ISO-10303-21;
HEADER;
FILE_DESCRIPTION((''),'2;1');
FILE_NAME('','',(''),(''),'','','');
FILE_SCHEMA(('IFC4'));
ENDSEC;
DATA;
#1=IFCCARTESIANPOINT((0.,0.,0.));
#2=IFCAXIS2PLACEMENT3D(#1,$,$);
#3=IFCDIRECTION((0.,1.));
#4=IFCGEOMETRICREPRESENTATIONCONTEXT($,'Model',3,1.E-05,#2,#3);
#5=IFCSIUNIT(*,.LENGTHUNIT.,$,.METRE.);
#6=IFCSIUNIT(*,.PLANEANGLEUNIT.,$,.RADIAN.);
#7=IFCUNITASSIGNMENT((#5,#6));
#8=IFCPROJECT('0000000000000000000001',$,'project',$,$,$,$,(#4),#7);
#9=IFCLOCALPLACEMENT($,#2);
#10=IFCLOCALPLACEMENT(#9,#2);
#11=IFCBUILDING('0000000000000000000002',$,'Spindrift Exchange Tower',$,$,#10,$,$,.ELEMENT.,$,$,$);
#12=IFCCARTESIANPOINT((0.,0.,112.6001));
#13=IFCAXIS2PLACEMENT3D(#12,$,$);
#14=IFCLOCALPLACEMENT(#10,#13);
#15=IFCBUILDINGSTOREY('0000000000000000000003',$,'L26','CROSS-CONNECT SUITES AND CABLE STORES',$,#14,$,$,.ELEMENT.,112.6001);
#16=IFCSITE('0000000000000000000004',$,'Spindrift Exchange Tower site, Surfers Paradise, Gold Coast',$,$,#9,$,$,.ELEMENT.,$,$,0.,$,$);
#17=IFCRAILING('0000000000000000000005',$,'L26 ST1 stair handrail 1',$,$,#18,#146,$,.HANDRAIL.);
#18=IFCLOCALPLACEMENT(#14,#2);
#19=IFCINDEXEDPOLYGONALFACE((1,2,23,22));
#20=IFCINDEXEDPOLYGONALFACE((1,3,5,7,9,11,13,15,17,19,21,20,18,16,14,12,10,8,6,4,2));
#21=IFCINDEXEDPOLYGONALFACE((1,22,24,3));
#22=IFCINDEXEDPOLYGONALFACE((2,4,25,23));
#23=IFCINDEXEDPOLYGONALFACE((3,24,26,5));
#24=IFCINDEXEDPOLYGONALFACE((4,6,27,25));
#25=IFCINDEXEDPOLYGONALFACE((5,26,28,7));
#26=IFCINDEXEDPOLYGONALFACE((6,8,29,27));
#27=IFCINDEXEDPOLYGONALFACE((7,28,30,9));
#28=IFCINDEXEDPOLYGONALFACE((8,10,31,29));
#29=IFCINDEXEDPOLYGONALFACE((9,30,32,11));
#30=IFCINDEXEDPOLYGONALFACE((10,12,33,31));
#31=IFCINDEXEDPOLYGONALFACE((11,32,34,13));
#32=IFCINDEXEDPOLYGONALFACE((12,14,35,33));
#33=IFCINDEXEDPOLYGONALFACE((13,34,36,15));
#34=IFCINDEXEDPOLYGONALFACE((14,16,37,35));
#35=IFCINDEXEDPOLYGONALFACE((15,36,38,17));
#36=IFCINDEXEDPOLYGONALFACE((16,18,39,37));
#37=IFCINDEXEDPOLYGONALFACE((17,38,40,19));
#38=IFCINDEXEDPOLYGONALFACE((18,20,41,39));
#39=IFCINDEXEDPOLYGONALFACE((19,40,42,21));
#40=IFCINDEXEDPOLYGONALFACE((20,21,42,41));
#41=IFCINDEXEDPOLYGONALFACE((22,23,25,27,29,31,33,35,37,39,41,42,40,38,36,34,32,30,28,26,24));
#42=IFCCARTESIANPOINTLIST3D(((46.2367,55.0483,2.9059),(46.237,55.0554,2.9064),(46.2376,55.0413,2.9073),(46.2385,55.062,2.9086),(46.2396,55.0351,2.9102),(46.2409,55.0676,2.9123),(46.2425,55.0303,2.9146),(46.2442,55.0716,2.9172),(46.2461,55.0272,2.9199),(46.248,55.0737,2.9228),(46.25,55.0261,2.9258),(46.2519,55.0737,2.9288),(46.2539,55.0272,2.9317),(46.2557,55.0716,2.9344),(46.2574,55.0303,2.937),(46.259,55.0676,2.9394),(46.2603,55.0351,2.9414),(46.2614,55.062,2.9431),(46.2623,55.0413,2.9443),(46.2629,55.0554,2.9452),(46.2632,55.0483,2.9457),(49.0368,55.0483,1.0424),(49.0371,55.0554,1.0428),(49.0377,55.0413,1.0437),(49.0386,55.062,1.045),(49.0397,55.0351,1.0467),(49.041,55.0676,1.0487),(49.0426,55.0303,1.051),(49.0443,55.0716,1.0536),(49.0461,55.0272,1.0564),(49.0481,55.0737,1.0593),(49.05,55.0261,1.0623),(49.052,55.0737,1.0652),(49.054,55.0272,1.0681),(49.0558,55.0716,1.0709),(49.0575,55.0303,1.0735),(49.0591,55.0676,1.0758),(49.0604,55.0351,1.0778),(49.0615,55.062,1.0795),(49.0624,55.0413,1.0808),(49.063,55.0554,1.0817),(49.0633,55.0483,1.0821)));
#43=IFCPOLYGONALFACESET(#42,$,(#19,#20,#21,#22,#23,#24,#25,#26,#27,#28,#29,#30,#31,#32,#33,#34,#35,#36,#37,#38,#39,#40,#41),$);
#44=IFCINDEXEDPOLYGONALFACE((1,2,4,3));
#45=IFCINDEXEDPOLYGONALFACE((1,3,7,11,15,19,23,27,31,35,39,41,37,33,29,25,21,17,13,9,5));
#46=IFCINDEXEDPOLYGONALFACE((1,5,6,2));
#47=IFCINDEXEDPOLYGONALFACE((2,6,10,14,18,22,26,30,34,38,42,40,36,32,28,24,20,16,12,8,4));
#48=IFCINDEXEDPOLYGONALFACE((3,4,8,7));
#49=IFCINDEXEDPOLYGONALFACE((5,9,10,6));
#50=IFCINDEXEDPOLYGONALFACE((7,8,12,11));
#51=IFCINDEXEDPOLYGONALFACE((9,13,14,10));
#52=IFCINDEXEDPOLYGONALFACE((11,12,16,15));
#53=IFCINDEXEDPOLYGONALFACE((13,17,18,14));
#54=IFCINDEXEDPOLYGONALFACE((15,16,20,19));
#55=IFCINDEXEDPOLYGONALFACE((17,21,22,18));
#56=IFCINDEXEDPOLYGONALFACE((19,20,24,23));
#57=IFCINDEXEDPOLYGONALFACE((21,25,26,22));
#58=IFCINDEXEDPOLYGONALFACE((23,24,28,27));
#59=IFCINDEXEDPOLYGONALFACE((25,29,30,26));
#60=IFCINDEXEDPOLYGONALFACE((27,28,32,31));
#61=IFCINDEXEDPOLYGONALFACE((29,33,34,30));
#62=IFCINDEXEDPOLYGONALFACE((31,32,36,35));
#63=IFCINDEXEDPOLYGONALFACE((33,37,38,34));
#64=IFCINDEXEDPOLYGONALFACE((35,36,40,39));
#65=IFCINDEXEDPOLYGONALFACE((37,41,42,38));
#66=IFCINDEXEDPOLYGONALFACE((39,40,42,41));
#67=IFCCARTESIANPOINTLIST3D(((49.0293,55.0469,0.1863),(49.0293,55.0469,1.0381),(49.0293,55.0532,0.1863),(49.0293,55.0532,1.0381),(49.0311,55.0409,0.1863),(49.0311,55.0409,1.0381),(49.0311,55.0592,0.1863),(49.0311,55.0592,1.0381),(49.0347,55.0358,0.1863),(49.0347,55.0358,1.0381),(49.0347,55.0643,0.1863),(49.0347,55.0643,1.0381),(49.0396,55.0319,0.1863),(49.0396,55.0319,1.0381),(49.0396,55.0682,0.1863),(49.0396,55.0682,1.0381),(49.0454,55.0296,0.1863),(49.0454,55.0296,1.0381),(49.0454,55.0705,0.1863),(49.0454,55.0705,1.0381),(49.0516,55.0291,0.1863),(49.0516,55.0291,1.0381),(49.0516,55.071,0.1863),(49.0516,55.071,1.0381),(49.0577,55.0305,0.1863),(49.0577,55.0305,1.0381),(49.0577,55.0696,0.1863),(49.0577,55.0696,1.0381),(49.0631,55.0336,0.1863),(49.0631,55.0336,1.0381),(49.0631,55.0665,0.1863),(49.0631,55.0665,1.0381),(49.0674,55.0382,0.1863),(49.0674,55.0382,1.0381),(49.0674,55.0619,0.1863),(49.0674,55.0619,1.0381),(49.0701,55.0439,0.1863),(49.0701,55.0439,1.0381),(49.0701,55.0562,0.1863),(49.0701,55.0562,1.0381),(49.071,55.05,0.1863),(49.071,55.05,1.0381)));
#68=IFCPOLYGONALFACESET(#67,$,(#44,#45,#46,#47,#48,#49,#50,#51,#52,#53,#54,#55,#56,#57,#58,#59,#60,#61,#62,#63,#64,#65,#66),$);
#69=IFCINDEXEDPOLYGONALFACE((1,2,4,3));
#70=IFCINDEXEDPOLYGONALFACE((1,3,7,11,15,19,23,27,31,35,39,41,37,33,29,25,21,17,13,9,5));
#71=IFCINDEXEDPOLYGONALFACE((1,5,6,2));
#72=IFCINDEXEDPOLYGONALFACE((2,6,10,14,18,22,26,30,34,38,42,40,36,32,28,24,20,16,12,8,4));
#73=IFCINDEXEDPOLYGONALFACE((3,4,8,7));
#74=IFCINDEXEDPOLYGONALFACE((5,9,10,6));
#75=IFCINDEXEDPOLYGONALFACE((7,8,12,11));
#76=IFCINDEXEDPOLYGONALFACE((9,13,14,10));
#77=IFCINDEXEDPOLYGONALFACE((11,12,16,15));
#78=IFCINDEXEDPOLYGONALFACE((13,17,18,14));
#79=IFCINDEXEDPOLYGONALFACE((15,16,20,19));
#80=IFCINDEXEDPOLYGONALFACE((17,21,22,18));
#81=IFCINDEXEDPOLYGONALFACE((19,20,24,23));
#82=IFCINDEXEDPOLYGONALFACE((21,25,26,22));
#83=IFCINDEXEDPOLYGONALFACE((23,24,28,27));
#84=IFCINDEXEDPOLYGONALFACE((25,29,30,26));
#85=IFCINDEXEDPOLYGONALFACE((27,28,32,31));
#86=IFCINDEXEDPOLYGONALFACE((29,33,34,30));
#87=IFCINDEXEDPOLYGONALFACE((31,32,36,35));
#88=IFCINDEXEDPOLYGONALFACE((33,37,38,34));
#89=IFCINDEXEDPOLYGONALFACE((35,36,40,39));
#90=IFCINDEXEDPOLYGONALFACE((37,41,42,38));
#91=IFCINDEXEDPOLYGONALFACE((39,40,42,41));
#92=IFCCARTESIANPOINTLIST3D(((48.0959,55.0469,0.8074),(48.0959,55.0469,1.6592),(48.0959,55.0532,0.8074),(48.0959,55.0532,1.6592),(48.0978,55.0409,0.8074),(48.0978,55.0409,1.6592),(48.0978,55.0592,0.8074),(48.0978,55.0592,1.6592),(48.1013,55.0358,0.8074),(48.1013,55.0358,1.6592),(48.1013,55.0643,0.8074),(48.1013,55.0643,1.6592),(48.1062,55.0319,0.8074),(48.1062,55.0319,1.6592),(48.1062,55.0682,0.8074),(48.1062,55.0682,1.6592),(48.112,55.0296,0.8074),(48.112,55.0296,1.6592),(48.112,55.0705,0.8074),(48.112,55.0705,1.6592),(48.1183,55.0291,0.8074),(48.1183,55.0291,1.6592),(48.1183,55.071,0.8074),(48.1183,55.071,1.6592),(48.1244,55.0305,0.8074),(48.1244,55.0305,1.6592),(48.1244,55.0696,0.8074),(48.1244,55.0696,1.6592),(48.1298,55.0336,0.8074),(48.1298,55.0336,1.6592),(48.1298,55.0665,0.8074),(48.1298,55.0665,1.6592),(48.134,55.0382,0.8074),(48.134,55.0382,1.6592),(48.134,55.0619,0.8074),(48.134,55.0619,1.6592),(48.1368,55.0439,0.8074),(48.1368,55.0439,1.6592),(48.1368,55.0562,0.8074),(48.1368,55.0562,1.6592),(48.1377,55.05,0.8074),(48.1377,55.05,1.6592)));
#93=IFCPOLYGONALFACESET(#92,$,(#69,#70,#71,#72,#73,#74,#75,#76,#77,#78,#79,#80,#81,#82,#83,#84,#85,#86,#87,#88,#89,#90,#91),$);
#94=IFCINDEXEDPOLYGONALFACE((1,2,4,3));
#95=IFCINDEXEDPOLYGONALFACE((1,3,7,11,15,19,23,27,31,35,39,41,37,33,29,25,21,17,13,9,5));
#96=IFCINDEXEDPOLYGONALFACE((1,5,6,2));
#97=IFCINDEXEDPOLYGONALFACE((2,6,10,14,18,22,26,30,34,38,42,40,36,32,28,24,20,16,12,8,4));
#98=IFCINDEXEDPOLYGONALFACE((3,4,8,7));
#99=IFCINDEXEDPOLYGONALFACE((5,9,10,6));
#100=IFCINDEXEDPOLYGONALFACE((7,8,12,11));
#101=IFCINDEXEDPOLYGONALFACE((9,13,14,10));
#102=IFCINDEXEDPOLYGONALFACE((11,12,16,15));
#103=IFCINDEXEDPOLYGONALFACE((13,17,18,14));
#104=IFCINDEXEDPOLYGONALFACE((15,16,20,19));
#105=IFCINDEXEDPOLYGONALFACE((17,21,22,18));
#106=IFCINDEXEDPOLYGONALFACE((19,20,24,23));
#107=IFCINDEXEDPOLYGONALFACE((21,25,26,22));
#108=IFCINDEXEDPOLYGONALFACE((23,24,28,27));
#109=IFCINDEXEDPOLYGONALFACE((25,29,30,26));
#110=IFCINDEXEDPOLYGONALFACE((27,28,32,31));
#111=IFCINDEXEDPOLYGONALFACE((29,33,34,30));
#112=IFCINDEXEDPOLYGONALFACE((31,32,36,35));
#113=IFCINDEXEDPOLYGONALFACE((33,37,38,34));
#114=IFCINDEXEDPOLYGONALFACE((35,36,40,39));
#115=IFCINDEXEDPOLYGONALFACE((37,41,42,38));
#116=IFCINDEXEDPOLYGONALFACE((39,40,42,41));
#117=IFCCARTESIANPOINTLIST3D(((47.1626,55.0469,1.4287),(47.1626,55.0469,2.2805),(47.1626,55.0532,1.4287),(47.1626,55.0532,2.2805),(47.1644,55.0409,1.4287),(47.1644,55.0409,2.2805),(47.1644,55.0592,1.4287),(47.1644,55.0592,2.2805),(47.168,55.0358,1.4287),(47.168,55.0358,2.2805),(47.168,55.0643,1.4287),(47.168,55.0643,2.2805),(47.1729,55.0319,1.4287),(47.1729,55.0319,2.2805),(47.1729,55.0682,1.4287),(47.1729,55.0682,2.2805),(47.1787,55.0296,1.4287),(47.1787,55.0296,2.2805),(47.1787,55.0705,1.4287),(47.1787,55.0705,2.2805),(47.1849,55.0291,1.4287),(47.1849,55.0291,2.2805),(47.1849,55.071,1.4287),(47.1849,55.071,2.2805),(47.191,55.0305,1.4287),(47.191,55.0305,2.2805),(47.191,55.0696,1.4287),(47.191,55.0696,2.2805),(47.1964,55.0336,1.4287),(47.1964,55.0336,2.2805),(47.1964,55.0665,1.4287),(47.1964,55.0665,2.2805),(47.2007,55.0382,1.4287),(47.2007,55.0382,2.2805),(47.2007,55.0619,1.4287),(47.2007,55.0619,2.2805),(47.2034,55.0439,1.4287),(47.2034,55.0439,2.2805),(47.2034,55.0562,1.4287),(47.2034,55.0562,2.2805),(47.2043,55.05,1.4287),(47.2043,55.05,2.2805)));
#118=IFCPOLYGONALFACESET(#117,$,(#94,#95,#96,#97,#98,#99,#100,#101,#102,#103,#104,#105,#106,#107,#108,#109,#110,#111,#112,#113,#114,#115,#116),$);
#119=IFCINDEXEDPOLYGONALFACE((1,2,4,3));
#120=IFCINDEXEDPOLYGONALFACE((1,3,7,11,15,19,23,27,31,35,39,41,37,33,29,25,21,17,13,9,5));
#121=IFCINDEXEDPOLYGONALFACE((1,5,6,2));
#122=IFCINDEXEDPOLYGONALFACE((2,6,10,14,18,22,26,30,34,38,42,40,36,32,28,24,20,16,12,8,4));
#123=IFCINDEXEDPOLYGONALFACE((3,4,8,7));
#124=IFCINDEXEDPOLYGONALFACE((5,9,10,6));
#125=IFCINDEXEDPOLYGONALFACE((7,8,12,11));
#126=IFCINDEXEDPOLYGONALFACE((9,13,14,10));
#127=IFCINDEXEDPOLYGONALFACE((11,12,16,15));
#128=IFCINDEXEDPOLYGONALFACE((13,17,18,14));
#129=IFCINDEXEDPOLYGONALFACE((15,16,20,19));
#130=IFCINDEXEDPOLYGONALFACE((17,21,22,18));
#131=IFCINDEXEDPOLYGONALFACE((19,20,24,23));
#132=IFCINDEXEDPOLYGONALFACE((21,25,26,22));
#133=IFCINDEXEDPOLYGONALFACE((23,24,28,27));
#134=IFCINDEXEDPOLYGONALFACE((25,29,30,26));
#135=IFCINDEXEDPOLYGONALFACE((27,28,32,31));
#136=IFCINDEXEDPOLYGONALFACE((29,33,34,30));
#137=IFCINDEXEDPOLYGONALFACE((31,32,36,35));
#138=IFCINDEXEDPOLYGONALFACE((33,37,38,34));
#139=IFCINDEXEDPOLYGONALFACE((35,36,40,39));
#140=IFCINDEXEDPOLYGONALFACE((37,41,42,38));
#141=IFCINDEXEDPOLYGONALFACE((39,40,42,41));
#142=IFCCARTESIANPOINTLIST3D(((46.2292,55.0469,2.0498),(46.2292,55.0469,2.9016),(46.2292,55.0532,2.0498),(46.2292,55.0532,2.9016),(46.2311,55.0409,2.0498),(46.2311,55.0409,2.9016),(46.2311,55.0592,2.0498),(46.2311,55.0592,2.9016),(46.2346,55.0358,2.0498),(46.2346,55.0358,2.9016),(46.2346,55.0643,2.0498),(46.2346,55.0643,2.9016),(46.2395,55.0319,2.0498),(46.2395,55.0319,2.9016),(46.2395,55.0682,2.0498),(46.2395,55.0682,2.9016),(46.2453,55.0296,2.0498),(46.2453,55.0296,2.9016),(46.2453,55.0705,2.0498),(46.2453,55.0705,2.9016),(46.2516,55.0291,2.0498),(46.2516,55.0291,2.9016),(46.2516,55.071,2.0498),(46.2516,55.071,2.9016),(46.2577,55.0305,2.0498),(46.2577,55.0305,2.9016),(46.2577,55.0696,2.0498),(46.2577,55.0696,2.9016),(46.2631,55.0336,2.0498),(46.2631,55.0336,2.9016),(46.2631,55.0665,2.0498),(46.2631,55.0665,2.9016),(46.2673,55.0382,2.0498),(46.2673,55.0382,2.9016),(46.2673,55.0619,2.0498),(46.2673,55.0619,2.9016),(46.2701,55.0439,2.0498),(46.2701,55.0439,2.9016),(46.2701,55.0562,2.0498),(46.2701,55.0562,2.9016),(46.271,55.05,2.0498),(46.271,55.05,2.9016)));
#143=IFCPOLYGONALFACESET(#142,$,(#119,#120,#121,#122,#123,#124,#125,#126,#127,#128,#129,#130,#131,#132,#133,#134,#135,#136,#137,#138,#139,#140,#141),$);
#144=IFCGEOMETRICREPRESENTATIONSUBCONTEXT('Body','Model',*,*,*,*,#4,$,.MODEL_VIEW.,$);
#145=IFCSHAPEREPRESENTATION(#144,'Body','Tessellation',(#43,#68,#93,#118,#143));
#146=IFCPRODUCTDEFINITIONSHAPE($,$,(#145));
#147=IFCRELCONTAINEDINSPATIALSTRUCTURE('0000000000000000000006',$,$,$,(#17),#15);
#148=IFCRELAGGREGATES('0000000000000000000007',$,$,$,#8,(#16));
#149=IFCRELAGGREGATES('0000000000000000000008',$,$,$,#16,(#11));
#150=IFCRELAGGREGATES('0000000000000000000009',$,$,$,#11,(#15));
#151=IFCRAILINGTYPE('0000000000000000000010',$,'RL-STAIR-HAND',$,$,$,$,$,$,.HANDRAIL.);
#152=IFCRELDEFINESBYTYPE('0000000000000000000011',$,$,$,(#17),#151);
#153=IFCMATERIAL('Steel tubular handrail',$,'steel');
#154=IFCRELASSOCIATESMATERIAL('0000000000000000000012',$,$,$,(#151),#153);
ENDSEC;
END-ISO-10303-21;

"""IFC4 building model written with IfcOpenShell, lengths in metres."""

from ifc_helpers import new_model, si_unit, direction, frame, origin, origin_2d, place, context, subcontext, project, spatial, circle, extrude, material, type_object, element, save


model = new_model("IFC4")

# Units and contexts
model_context = context("Model", 3, precision=1e-05, world=origin(), true_north=direction((0.0, 1.0)))
body_context = subcontext(model_context, "Body", "Model", "MODEL_VIEW")
ifc_project = project(units=[si_unit("LENGTHUNIT", "METRE"), si_unit("PLANEANGLEUNIT", "RADIAN")], contexts=[model_context])

# Site, building, storey
site_placement = place(None, origin())
site = spatial("IfcSite", under=ifc_project, at=site_placement, Name="Spindrift Exchange Tower site, Surfers Paradise, Gold Coast", CompositionType="ELEMENT", RefElevation=0.0)
building_placement = place(site_placement, origin())
building = spatial("IfcBuilding", under=site, at=building_placement, Name="Spindrift Exchange Tower", CompositionType="ELEMENT")
storey_placement = place(building_placement, frame((0.0, 0.0, 112.6001)))
storey = spatial("IfcBuildingStorey", under=building, at=storey_placement, Name="L26", Description="CROSS-CONNECT SUITES AND CABLE STORES", CompositionType="ELEMENT", Elevation=112.6001)

# Railing
ifc_material_1 = material(Name="Steel tubular handrail", Category="steel")
railing_type_1 = type_object("IfcRailingType", Name="RL-STAIR-HAND", PredefinedType="HANDRAIL", material=ifc_material_1)
railing_1_placement = place(storey_placement, frame((49.05, 55.05, 0.1863)))
element("IfcRailing", 1, at=railing_1_placement, inside=storey, type_object=railing_type_1, Name="L26 ST1 stair handrail 1", PredefinedType="HANDRAIL", context=body_context, shape_type="SweptSolid", body=[
    extrude(circle(Radius=0.0239, at=origin_2d()), frame((0.0, 0.0, 0.876), z_axis=(-0.832486, 0.0, 0.554047), x_axis=(0.0, -1.0, 0.0)), (0.0, 0.0, 1.0), 3.3635),
    extrude(circle(Radius=0.021, at=origin_2d()), origin(), (0.0, 0.0, 1.0), 0.8518),
    extrude(circle(Radius=0.021, at=origin_2d()), frame((-0.9333, 0.0, 0.6211)), (0.0, 0.0, 1.0), 0.8518),
    extrude(circle(Radius=0.021, at=origin_2d()), frame((-1.8667, 0.0, 1.2424)), (0.0, 0.0, 1.0), 0.8518),
    extrude(circle(Radius=0.021, at=origin_2d()), frame((-2.8, 0.0, 1.8635)), (0.0, 0.0, 1.0), 0.8518),
])

save(model, "model.ifc")
